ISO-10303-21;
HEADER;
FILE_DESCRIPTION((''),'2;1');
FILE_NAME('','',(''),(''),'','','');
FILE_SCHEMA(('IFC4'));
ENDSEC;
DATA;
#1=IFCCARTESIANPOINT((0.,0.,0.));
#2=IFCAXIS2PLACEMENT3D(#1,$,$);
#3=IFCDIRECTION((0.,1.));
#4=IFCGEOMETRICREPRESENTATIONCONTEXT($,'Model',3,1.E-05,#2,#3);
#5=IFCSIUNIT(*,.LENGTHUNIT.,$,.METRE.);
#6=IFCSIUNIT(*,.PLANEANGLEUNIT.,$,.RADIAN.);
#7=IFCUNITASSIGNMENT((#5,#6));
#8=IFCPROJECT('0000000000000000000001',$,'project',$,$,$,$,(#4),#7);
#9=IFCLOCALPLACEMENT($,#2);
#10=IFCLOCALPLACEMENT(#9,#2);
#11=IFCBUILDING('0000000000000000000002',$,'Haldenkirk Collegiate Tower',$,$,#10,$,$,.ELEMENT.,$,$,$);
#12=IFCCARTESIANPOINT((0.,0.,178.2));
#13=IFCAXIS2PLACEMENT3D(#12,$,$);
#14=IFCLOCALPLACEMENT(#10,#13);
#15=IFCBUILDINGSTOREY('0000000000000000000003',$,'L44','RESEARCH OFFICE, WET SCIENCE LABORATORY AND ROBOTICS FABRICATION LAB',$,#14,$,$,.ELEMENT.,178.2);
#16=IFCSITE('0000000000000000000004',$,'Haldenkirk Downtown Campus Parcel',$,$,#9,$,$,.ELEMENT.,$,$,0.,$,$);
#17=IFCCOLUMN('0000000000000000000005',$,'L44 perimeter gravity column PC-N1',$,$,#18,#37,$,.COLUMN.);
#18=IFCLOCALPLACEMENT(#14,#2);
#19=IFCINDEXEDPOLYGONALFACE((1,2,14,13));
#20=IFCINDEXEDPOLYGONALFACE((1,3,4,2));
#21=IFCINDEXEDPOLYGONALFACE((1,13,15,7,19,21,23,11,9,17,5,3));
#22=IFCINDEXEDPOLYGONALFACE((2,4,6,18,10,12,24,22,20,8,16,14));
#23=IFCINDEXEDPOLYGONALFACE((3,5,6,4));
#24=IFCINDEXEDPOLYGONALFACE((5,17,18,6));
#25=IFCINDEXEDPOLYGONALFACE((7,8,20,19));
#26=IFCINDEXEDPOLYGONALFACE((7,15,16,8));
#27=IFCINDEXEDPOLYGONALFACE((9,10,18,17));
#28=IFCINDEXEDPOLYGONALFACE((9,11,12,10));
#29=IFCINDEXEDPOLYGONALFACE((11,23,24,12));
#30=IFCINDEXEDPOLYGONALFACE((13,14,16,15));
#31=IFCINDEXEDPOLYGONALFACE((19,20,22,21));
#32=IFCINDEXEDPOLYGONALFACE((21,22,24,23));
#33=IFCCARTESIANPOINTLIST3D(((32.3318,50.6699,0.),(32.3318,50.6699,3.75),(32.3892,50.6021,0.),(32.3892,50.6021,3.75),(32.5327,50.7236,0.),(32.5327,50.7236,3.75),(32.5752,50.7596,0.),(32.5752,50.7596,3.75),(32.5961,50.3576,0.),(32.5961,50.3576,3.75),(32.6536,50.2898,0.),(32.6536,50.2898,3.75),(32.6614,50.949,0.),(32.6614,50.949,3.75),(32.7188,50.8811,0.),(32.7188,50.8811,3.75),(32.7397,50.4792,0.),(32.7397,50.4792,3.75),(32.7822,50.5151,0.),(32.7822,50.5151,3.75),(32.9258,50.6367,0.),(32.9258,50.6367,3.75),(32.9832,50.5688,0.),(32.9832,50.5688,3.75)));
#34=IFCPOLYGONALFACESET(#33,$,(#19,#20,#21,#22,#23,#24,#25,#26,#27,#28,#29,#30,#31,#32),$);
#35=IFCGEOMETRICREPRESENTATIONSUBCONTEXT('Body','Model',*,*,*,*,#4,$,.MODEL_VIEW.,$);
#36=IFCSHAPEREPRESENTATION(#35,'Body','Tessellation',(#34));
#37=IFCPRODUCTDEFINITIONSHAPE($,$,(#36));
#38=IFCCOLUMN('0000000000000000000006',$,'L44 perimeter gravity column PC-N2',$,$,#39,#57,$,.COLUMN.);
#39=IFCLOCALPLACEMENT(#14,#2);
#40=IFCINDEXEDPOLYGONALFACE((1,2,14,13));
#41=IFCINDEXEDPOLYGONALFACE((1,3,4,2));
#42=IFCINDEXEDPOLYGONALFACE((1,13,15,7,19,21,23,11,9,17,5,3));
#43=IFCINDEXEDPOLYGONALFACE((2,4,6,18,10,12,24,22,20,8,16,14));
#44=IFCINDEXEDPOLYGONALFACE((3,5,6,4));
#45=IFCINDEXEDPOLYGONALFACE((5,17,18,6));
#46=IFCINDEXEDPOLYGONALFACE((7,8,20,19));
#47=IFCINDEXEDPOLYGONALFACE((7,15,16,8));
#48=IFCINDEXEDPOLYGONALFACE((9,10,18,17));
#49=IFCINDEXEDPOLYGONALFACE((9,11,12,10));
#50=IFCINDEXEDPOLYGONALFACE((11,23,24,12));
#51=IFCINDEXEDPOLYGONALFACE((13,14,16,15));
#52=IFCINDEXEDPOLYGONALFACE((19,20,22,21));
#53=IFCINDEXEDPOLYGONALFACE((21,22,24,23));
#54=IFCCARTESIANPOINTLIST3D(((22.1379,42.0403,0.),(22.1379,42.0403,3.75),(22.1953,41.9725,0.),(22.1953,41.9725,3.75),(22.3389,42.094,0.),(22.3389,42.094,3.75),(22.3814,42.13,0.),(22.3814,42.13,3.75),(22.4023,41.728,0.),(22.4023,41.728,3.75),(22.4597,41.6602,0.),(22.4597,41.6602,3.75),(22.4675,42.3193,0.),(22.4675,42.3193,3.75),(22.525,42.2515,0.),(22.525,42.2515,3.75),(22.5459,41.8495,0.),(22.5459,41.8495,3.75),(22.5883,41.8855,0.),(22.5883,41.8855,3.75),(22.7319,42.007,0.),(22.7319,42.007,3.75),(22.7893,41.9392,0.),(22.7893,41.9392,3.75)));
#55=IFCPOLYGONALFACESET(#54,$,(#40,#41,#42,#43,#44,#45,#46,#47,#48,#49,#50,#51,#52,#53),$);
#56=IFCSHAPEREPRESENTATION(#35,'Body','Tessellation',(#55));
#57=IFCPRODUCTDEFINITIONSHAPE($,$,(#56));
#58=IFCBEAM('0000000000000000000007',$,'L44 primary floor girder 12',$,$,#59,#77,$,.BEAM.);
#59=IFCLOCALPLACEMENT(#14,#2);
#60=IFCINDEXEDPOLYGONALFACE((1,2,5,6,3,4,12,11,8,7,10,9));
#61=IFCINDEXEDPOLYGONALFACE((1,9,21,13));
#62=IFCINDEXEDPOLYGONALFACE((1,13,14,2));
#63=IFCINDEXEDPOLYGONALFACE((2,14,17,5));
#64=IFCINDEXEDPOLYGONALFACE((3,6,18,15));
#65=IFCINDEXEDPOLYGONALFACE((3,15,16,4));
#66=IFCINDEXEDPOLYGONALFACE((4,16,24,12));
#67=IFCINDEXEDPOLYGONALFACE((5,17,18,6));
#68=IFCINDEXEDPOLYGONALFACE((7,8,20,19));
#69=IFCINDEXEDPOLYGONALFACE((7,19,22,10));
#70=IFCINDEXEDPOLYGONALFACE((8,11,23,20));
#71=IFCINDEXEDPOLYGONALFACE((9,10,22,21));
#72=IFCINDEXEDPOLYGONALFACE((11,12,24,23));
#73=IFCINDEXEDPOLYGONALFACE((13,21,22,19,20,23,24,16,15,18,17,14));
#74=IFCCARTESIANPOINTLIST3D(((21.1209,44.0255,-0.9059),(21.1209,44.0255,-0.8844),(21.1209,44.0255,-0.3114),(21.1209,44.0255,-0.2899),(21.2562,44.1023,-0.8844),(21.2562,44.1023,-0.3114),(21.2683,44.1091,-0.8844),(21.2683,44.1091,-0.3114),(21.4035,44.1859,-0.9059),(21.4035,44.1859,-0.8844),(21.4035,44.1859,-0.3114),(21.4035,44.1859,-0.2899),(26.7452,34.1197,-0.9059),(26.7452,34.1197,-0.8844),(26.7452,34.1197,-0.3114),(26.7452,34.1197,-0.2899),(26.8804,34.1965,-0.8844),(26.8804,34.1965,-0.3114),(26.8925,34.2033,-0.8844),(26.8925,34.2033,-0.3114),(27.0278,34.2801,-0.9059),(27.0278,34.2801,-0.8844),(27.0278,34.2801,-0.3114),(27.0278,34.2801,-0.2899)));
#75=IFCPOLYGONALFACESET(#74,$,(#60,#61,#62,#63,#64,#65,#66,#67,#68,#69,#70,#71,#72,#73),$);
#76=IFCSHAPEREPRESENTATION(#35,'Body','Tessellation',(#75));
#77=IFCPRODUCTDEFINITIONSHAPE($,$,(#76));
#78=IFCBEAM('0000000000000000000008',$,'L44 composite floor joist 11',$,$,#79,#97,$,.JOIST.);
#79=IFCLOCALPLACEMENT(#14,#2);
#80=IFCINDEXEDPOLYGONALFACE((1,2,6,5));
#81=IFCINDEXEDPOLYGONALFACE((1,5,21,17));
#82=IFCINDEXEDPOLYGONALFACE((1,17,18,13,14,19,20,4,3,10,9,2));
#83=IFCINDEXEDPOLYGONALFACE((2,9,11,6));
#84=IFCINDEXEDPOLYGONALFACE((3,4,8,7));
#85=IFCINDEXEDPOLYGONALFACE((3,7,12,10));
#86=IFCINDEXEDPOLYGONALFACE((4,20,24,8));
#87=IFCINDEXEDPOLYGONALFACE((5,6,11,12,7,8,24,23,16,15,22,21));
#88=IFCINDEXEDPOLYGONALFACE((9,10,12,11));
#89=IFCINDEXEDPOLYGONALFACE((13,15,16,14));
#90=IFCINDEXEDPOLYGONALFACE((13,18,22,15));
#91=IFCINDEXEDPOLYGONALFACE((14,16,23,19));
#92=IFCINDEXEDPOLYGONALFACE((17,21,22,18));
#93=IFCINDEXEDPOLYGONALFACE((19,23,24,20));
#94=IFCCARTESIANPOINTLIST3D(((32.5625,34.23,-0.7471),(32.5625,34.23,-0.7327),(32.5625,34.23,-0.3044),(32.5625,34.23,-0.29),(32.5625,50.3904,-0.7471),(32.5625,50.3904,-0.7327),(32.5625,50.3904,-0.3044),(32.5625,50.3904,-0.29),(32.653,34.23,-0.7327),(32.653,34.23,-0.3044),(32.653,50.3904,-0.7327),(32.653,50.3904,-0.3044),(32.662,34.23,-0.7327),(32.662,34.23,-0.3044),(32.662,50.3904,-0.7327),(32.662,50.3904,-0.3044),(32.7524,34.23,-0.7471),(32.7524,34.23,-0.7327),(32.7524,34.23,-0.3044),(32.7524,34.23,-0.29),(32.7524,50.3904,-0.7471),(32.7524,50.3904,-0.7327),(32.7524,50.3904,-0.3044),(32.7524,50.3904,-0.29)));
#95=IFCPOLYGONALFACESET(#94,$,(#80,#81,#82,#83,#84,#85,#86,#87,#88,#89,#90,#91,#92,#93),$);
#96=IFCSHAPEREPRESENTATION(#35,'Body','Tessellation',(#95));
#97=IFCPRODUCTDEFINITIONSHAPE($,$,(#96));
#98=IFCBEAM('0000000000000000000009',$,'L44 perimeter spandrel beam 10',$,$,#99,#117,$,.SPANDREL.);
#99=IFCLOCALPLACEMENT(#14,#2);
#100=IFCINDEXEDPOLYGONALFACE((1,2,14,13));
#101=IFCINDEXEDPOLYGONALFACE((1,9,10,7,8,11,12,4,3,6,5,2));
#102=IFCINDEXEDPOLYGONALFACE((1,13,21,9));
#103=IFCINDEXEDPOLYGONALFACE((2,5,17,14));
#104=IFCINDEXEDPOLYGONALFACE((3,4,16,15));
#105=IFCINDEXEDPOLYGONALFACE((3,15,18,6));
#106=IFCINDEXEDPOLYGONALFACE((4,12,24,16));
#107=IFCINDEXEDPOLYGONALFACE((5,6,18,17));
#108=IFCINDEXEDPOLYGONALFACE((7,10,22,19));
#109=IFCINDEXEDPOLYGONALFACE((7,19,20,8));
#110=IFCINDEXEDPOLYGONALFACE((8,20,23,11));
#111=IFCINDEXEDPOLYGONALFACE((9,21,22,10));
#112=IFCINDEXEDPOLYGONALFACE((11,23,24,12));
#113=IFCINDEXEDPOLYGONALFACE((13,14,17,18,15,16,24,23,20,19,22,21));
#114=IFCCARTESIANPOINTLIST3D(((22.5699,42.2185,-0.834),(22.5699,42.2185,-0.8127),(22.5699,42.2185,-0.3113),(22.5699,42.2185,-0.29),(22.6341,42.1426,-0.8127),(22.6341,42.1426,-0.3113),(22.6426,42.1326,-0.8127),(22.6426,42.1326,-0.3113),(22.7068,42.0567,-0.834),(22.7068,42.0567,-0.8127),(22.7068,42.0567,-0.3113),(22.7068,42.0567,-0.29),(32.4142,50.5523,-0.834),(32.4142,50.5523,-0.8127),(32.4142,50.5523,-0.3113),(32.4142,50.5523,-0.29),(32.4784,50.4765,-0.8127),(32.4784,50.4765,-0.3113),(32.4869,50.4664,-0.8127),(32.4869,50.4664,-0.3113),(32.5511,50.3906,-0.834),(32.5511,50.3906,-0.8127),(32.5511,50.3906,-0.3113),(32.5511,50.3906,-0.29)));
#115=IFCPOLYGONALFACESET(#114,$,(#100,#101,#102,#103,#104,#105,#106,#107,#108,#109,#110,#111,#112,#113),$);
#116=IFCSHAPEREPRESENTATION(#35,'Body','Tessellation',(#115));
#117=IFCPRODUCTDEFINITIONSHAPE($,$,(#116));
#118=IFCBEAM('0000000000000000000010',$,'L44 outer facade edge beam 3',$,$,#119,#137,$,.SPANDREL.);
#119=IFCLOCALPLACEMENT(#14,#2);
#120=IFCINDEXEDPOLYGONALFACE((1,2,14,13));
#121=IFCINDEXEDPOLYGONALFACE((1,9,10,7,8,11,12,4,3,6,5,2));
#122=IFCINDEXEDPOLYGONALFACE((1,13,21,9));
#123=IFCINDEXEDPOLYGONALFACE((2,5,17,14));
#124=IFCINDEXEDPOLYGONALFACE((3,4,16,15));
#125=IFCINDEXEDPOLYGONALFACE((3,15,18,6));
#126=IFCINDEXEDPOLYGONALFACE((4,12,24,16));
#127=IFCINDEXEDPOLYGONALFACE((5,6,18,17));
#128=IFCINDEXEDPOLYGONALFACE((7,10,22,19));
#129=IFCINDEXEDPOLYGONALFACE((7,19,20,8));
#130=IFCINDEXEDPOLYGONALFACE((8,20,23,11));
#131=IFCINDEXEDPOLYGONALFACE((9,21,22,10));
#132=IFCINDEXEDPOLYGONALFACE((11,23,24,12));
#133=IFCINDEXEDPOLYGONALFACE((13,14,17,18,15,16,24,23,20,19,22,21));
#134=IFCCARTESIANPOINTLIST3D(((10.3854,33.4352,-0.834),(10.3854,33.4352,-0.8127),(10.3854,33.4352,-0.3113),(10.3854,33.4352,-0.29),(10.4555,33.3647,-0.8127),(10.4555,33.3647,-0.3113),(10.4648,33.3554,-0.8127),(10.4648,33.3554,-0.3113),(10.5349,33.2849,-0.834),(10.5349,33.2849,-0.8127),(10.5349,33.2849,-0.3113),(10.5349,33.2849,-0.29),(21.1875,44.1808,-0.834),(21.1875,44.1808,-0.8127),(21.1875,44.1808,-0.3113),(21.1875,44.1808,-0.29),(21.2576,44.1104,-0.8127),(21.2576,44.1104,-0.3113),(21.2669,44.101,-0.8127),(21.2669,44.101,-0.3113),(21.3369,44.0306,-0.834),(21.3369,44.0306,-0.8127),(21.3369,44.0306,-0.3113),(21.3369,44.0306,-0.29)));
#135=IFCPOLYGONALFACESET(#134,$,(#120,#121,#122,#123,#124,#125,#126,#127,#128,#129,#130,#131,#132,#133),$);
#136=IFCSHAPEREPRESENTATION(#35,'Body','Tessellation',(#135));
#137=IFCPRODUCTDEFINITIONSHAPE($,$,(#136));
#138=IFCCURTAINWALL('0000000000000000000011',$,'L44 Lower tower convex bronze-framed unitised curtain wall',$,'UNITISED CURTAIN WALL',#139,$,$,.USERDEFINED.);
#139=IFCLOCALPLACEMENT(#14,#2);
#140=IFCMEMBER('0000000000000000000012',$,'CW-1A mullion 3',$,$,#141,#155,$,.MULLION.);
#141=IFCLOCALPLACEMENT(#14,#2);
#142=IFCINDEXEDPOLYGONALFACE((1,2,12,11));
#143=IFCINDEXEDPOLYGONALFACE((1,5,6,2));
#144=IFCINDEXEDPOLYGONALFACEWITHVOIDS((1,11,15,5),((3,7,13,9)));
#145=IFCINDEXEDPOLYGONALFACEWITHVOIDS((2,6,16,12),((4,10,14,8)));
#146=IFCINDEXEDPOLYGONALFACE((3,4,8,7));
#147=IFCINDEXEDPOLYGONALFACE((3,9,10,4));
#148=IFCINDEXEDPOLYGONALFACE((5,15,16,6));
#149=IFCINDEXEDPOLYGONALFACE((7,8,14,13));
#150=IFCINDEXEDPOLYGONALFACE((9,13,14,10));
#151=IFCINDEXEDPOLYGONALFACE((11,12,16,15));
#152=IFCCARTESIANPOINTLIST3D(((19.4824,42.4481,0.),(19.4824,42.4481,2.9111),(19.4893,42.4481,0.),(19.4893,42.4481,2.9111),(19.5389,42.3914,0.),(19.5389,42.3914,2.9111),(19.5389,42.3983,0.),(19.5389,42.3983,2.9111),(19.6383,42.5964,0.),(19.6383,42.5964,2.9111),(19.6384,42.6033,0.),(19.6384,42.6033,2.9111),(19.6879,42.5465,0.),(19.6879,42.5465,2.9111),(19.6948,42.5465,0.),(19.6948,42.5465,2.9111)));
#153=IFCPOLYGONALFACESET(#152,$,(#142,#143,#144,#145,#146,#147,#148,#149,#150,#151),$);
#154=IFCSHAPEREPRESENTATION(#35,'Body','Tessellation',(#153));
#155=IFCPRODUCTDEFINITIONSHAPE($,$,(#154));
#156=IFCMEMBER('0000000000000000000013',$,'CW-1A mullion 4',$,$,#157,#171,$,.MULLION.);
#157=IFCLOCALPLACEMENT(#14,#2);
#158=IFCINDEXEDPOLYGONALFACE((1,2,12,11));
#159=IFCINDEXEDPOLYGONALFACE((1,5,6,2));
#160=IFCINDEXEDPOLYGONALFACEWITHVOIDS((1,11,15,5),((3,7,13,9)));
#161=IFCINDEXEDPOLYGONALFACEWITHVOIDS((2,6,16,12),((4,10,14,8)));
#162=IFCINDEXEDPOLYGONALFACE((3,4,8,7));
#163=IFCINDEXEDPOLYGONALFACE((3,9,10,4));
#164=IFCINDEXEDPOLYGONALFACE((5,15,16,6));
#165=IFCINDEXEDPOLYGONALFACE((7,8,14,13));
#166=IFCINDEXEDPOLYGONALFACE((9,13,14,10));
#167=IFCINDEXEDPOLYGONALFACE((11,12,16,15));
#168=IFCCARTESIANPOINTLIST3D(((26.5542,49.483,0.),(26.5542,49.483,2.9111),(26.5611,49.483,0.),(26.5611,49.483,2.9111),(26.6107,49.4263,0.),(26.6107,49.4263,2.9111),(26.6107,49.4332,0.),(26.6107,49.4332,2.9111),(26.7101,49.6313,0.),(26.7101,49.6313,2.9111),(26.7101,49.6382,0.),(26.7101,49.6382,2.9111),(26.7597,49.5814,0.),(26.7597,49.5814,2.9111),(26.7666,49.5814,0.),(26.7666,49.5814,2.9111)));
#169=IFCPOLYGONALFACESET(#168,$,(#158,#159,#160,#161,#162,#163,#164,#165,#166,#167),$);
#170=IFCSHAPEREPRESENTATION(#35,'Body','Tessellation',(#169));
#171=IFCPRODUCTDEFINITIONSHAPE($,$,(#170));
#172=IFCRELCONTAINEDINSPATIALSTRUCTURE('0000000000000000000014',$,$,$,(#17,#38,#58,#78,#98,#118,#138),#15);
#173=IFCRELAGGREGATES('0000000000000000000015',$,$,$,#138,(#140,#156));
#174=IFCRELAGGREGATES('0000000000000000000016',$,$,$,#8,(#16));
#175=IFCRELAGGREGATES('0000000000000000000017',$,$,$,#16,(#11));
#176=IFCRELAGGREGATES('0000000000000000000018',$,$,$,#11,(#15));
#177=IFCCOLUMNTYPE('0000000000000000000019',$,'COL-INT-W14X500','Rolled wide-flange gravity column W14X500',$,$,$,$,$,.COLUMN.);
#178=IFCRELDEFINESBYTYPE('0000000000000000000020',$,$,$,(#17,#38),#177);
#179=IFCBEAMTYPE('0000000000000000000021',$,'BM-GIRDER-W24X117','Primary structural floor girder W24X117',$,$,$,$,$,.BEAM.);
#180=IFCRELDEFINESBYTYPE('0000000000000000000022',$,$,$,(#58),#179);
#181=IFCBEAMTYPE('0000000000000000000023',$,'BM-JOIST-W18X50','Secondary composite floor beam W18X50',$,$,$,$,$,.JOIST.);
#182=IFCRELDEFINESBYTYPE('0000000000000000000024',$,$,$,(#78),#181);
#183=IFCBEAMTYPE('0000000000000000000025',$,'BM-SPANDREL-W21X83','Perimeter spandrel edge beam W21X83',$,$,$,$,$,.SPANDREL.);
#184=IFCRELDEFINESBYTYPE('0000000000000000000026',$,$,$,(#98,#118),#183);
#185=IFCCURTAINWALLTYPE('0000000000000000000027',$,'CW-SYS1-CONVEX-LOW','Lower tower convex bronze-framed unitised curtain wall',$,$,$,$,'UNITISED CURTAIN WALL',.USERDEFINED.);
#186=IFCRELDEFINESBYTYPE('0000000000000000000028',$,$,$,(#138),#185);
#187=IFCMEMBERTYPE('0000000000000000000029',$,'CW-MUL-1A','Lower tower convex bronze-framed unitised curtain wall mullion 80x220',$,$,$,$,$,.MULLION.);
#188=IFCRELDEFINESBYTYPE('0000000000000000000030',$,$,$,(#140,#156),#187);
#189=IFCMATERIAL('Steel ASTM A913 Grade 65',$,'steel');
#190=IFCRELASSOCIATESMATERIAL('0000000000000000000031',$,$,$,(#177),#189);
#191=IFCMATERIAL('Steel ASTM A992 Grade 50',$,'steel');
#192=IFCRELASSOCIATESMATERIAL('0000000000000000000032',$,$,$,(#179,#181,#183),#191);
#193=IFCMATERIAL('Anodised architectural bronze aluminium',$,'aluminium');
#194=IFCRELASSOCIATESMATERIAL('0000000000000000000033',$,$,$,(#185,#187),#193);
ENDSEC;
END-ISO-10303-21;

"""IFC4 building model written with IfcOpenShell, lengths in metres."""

from ifc_helpers import new_model, si_unit, direction, frame, origin, origin_2d, place, context, subcontext, project, spatial, hollow_rectangle, i_section, extrude, material, material_profile, profile_set, type_object, element, aggregate, save


model = new_model("IFC4")

# Units and contexts
model_context = context("Model", 3, precision=1e-05, world=origin(), true_north=direction((0.0, 1.0)))
body_context = subcontext(model_context, "Body", "Model", "MODEL_VIEW")
ifc_project = project(units=[si_unit("LENGTHUNIT", "METRE"), si_unit("PLANEANGLEUNIT", "RADIAN")], contexts=[model_context])

# Site, building, storey
site_placement = place(None, origin())
site = spatial("IfcSite", under=ifc_project, at=site_placement, Name="Haldenkirk Downtown Campus Parcel", CompositionType="ELEMENT", RefElevation=0.0)
building_placement = place(site_placement, origin())
building = spatial("IfcBuilding", under=site, at=building_placement, Name="Haldenkirk Collegiate Tower", CompositionType="ELEMENT")
storey_placement = place(building_placement, frame((0.0, 0.0, 178.2)))
storey = spatial("IfcBuildingStorey", under=building, at=storey_placement, Name="L44", Description="RESEARCH OFFICE, WET SCIENCE LABORATORY AND ROBOTICS FABRICATION LAB", CompositionType="ELEMENT", Elevation=178.2)

# Columns
ifc_material_1 = material(Name="Steel ASTM A913 Grade 65", Category="steel")
ifc_material_profile_1 = material_profile(ifc_material_1, i_section(OverallWidth=0.4319, OverallDepth=0.498, WebThickness=0.0557, FlangeThickness=0.0889, at=origin_2d()), Name="W14X500")
ifc_profile_set_1 = profile_set([ifc_material_profile_1], Name="Steel ASTM A913 Grade 65")
column_type = type_object("IfcColumnType", Name="COL-INT-W14X500", Description="Rolled wide-flange gravity column W14X500", PredefinedType="COLUMN", material=ifc_profile_set_1)
for number, where, z_axis, x_axis, name in (
    (1, (32.6575, 50.6194, 0.0), (0.0, 0.0, 1.0), (0.763232, 0.646124, 0.0), "L44 perimeter gravity column PC-N1"),
    (2, (22.4636, 41.9897, 0.0), (0.0, 0.0, 1.0), (0.763232, 0.646124, 0.0), "L44 perimeter gravity column PC-N2"),
):
    element("IfcColumn", number, at=place(storey_placement, frame(where, z_axis=z_axis, x_axis=x_axis)), inside=storey, type_object=column_type, Name=name, PredefinedType="COLUMN", context=body_context, shape_type="SweptSolid", body=[
        extrude(i_section(OverallWidth=0.4319, OverallDepth=0.498, WebThickness=0.0557, FlangeThickness=0.0889, at=origin_2d()), origin(), (0.0, 0.0, 1.0), 3.75),
    ])

# Beams
ifc_material_2 = material(Name="Steel ASTM A992 Grade 50", Category="steel")
ifc_material_profile_2 = material_profile(ifc_material_2, i_section(OverallWidth=0.325, OverallDepth=0.616, WebThickness=0.0139, FlangeThickness=0.0215, at=origin_2d()), Name="W24X117")
ifc_profile_set_2 = profile_set([ifc_material_profile_2], Name="Steel ASTM A992 Grade 50")
beam_type_1 = type_object("IfcBeamType", Name="BM-GIRDER-W24X117", Description="Primary structural floor girder W24X117", PredefinedType="BEAM", material=ifc_profile_set_2)
beam_1_placement = place(storey_placement, frame((21.2622, 44.1057, -0.5979), z_axis=(0.493744, -0.869608, 0.0), x_axis=(0.869608, 0.493744, 0.0)))
element("IfcBeam", 3, at=beam_1_placement, inside=storey, type_object=beam_type_1, Name="L44 primary floor girder 12", PredefinedType="BEAM", context=body_context, shape_type="SweptSolid", body=[
    extrude(i_section(OverallWidth=0.325, OverallDepth=0.616, WebThickness=0.0139, FlangeThickness=0.0215, at=origin_2d()), origin(), (0.0, 0.0, 1.0), 11.3911),
])
ifc_material_profile_3 = material_profile(ifc_material_2, i_section(OverallWidth=0.1899, OverallDepth=0.457, WebThickness=0.009, FlangeThickness=0.0144, at=origin_2d()), Name="W18X50")
ifc_profile_set_3 = profile_set([ifc_material_profile_3], Name="Steel ASTM A992 Grade 50")
beam_type_2 = type_object("IfcBeamType", Name="BM-JOIST-W18X50", Description="Secondary composite floor beam W18X50", PredefinedType="JOIST", material=ifc_profile_set_3)
beam_2_placement = place(storey_placement, frame((32.6575, 50.3904, -0.5186), z_axis=(0.0, -1.0, 0.0), x_axis=(1.0, 0.0, 0.0)))
element("IfcBeam", 4, at=beam_2_placement, inside=storey, type_object=beam_type_2, Name="L44 composite floor joist 11", PredefinedType="JOIST", context=body_context, shape_type="SweptSolid", body=[
    extrude(i_section(OverallWidth=0.1899, OverallDepth=0.457, WebThickness=0.009, FlangeThickness=0.0144, at=origin_2d()), origin(), (0.0, 0.0, 1.0), 16.1604),
])
ifc_material_profile_4 = material_profile(ifc_material_2, i_section(OverallWidth=0.2119, OverallDepth=0.5439, WebThickness=0.0132, FlangeThickness=0.0212, at=origin_2d()), Name="W21X83")
ifc_profile_set_4 = profile_set([ifc_material_profile_4], Name="Steel ASTM A992 Grade 50")
beam_type_3 = type_object("IfcBeamType", Name="BM-SPANDREL-W21X83", Description="Perimeter spandrel edge beam W21X83", PredefinedType="SPANDREL", material=ifc_profile_set_4)
beam_3_placement = place(storey_placement, frame((32.4827, 50.4714, -0.562), z_axis=(-0.763233, -0.646123, 0.0), x_axis=(0.646123, -0.763233, 0.0)))
element("IfcBeam", 5, at=beam_3_placement, inside=storey, type_object=beam_type_3, Name="L44 perimeter spandrel beam 10", PredefinedType="SPANDREL", context=body_context, shape_type="SweptSolid", body=[
    extrude(i_section(OverallWidth=0.2119, OverallDepth=0.5439, WebThickness=0.0132, FlangeThickness=0.0212, at=origin_2d()), origin(), (0.0, 0.0, 1.0), 12.8982),
])
beam_4_placement = place(storey_placement, frame((21.2622, 44.1057, -0.562), z_axis=(-0.708955, -0.705254, 0.0), x_axis=(0.705254, -0.708955, 0.0)))
element("IfcBeam", 6, at=beam_4_placement, inside=storey, type_object=beam_type_3, Name="L44 outer facade edge beam 3", PredefinedType="SPANDREL", context=body_context, shape_type="SweptSolid", body=[
    extrude(i_section(OverallWidth=0.2119, OverallDepth=0.5439, WebThickness=0.0132, FlangeThickness=0.0212, at=origin_2d()), origin(), (0.0, 0.0, 1.0), 15.2366),
])

# Curtain wall, members
ifc_material_3 = material(Name="Anodised architectural bronze aluminium", Category="aluminium")
curtain_wall_type = type_object("IfcCurtainWallType", Name="CW-SYS1-CONVEX-LOW", Description="Lower tower convex bronze-framed unitised curtain wall", ElementType="UNITISED CURTAIN WALL", PredefinedType="USERDEFINED", material=ifc_material_3)
curtain_wall_placement = place(storey_placement, origin())
curtain_wall = element("IfcCurtainWall", 7, at=curtain_wall_placement, inside=storey, type_object=curtain_wall_type, Name="L44 Lower tower convex bronze-framed unitised curtain wall", ObjectType="UNITISED CURTAIN WALL", PredefinedType="USERDEFINED")
ifc_material_profile_5 = material_profile(ifc_material_3, hollow_rectangle(XDim=0.0801, YDim=0.22, WallThickness=0.0049, at=origin_2d()), Name="CW-MUL-1A")
ifc_profile_set_5 = profile_set([ifc_material_profile_5], Name="Anodised architectural bronze aluminium")
member_type_1 = type_object("IfcMemberType", Name="CW-MUL-1A", Description="Lower tower convex bronze-framed unitised curtain wall mullion 80x220", PredefinedType="MULLION", material=ifc_profile_set_5)
member_1_placement = place(storey_placement, frame((19.5886, 42.4973, 0.0), z_axis=(0.0, 0.0, 1.0), x_axis=(-0.705255, 0.708954, 0.0)))
member_1 = element("IfcMember", 8, at=member_1_placement, type_object=member_type_1, Name="CW-1A mullion 3", PredefinedType="MULLION", context=body_context, shape_type="SweptSolid", body=[
    extrude(hollow_rectangle(XDim=0.0801, YDim=0.22, WallThickness=0.0049, at=origin_2d()), origin(), (0.0, 0.0, 1.0), 2.9111),
])
member_2_placement = place(storey_placement, frame((26.6604, 49.5322, 0.0), z_axis=(0.0, 0.0, 1.0), x_axis=(-0.705255, 0.708954, 0.0)))
member_2 = element("IfcMember", 9, at=member_2_placement, type_object=member_type_1, Name="CW-1A mullion 4", PredefinedType="MULLION", context=body_context, shape_type="SweptSolid", body=[
    extrude(hollow_rectangle(XDim=0.0801, YDim=0.22, WallThickness=0.0049, at=origin_2d()), origin(), (0.0, 0.0, 1.0), 2.9111),
])

aggregate(curtain_wall, [member_1, member_2])

save(model, "model.ifc")
